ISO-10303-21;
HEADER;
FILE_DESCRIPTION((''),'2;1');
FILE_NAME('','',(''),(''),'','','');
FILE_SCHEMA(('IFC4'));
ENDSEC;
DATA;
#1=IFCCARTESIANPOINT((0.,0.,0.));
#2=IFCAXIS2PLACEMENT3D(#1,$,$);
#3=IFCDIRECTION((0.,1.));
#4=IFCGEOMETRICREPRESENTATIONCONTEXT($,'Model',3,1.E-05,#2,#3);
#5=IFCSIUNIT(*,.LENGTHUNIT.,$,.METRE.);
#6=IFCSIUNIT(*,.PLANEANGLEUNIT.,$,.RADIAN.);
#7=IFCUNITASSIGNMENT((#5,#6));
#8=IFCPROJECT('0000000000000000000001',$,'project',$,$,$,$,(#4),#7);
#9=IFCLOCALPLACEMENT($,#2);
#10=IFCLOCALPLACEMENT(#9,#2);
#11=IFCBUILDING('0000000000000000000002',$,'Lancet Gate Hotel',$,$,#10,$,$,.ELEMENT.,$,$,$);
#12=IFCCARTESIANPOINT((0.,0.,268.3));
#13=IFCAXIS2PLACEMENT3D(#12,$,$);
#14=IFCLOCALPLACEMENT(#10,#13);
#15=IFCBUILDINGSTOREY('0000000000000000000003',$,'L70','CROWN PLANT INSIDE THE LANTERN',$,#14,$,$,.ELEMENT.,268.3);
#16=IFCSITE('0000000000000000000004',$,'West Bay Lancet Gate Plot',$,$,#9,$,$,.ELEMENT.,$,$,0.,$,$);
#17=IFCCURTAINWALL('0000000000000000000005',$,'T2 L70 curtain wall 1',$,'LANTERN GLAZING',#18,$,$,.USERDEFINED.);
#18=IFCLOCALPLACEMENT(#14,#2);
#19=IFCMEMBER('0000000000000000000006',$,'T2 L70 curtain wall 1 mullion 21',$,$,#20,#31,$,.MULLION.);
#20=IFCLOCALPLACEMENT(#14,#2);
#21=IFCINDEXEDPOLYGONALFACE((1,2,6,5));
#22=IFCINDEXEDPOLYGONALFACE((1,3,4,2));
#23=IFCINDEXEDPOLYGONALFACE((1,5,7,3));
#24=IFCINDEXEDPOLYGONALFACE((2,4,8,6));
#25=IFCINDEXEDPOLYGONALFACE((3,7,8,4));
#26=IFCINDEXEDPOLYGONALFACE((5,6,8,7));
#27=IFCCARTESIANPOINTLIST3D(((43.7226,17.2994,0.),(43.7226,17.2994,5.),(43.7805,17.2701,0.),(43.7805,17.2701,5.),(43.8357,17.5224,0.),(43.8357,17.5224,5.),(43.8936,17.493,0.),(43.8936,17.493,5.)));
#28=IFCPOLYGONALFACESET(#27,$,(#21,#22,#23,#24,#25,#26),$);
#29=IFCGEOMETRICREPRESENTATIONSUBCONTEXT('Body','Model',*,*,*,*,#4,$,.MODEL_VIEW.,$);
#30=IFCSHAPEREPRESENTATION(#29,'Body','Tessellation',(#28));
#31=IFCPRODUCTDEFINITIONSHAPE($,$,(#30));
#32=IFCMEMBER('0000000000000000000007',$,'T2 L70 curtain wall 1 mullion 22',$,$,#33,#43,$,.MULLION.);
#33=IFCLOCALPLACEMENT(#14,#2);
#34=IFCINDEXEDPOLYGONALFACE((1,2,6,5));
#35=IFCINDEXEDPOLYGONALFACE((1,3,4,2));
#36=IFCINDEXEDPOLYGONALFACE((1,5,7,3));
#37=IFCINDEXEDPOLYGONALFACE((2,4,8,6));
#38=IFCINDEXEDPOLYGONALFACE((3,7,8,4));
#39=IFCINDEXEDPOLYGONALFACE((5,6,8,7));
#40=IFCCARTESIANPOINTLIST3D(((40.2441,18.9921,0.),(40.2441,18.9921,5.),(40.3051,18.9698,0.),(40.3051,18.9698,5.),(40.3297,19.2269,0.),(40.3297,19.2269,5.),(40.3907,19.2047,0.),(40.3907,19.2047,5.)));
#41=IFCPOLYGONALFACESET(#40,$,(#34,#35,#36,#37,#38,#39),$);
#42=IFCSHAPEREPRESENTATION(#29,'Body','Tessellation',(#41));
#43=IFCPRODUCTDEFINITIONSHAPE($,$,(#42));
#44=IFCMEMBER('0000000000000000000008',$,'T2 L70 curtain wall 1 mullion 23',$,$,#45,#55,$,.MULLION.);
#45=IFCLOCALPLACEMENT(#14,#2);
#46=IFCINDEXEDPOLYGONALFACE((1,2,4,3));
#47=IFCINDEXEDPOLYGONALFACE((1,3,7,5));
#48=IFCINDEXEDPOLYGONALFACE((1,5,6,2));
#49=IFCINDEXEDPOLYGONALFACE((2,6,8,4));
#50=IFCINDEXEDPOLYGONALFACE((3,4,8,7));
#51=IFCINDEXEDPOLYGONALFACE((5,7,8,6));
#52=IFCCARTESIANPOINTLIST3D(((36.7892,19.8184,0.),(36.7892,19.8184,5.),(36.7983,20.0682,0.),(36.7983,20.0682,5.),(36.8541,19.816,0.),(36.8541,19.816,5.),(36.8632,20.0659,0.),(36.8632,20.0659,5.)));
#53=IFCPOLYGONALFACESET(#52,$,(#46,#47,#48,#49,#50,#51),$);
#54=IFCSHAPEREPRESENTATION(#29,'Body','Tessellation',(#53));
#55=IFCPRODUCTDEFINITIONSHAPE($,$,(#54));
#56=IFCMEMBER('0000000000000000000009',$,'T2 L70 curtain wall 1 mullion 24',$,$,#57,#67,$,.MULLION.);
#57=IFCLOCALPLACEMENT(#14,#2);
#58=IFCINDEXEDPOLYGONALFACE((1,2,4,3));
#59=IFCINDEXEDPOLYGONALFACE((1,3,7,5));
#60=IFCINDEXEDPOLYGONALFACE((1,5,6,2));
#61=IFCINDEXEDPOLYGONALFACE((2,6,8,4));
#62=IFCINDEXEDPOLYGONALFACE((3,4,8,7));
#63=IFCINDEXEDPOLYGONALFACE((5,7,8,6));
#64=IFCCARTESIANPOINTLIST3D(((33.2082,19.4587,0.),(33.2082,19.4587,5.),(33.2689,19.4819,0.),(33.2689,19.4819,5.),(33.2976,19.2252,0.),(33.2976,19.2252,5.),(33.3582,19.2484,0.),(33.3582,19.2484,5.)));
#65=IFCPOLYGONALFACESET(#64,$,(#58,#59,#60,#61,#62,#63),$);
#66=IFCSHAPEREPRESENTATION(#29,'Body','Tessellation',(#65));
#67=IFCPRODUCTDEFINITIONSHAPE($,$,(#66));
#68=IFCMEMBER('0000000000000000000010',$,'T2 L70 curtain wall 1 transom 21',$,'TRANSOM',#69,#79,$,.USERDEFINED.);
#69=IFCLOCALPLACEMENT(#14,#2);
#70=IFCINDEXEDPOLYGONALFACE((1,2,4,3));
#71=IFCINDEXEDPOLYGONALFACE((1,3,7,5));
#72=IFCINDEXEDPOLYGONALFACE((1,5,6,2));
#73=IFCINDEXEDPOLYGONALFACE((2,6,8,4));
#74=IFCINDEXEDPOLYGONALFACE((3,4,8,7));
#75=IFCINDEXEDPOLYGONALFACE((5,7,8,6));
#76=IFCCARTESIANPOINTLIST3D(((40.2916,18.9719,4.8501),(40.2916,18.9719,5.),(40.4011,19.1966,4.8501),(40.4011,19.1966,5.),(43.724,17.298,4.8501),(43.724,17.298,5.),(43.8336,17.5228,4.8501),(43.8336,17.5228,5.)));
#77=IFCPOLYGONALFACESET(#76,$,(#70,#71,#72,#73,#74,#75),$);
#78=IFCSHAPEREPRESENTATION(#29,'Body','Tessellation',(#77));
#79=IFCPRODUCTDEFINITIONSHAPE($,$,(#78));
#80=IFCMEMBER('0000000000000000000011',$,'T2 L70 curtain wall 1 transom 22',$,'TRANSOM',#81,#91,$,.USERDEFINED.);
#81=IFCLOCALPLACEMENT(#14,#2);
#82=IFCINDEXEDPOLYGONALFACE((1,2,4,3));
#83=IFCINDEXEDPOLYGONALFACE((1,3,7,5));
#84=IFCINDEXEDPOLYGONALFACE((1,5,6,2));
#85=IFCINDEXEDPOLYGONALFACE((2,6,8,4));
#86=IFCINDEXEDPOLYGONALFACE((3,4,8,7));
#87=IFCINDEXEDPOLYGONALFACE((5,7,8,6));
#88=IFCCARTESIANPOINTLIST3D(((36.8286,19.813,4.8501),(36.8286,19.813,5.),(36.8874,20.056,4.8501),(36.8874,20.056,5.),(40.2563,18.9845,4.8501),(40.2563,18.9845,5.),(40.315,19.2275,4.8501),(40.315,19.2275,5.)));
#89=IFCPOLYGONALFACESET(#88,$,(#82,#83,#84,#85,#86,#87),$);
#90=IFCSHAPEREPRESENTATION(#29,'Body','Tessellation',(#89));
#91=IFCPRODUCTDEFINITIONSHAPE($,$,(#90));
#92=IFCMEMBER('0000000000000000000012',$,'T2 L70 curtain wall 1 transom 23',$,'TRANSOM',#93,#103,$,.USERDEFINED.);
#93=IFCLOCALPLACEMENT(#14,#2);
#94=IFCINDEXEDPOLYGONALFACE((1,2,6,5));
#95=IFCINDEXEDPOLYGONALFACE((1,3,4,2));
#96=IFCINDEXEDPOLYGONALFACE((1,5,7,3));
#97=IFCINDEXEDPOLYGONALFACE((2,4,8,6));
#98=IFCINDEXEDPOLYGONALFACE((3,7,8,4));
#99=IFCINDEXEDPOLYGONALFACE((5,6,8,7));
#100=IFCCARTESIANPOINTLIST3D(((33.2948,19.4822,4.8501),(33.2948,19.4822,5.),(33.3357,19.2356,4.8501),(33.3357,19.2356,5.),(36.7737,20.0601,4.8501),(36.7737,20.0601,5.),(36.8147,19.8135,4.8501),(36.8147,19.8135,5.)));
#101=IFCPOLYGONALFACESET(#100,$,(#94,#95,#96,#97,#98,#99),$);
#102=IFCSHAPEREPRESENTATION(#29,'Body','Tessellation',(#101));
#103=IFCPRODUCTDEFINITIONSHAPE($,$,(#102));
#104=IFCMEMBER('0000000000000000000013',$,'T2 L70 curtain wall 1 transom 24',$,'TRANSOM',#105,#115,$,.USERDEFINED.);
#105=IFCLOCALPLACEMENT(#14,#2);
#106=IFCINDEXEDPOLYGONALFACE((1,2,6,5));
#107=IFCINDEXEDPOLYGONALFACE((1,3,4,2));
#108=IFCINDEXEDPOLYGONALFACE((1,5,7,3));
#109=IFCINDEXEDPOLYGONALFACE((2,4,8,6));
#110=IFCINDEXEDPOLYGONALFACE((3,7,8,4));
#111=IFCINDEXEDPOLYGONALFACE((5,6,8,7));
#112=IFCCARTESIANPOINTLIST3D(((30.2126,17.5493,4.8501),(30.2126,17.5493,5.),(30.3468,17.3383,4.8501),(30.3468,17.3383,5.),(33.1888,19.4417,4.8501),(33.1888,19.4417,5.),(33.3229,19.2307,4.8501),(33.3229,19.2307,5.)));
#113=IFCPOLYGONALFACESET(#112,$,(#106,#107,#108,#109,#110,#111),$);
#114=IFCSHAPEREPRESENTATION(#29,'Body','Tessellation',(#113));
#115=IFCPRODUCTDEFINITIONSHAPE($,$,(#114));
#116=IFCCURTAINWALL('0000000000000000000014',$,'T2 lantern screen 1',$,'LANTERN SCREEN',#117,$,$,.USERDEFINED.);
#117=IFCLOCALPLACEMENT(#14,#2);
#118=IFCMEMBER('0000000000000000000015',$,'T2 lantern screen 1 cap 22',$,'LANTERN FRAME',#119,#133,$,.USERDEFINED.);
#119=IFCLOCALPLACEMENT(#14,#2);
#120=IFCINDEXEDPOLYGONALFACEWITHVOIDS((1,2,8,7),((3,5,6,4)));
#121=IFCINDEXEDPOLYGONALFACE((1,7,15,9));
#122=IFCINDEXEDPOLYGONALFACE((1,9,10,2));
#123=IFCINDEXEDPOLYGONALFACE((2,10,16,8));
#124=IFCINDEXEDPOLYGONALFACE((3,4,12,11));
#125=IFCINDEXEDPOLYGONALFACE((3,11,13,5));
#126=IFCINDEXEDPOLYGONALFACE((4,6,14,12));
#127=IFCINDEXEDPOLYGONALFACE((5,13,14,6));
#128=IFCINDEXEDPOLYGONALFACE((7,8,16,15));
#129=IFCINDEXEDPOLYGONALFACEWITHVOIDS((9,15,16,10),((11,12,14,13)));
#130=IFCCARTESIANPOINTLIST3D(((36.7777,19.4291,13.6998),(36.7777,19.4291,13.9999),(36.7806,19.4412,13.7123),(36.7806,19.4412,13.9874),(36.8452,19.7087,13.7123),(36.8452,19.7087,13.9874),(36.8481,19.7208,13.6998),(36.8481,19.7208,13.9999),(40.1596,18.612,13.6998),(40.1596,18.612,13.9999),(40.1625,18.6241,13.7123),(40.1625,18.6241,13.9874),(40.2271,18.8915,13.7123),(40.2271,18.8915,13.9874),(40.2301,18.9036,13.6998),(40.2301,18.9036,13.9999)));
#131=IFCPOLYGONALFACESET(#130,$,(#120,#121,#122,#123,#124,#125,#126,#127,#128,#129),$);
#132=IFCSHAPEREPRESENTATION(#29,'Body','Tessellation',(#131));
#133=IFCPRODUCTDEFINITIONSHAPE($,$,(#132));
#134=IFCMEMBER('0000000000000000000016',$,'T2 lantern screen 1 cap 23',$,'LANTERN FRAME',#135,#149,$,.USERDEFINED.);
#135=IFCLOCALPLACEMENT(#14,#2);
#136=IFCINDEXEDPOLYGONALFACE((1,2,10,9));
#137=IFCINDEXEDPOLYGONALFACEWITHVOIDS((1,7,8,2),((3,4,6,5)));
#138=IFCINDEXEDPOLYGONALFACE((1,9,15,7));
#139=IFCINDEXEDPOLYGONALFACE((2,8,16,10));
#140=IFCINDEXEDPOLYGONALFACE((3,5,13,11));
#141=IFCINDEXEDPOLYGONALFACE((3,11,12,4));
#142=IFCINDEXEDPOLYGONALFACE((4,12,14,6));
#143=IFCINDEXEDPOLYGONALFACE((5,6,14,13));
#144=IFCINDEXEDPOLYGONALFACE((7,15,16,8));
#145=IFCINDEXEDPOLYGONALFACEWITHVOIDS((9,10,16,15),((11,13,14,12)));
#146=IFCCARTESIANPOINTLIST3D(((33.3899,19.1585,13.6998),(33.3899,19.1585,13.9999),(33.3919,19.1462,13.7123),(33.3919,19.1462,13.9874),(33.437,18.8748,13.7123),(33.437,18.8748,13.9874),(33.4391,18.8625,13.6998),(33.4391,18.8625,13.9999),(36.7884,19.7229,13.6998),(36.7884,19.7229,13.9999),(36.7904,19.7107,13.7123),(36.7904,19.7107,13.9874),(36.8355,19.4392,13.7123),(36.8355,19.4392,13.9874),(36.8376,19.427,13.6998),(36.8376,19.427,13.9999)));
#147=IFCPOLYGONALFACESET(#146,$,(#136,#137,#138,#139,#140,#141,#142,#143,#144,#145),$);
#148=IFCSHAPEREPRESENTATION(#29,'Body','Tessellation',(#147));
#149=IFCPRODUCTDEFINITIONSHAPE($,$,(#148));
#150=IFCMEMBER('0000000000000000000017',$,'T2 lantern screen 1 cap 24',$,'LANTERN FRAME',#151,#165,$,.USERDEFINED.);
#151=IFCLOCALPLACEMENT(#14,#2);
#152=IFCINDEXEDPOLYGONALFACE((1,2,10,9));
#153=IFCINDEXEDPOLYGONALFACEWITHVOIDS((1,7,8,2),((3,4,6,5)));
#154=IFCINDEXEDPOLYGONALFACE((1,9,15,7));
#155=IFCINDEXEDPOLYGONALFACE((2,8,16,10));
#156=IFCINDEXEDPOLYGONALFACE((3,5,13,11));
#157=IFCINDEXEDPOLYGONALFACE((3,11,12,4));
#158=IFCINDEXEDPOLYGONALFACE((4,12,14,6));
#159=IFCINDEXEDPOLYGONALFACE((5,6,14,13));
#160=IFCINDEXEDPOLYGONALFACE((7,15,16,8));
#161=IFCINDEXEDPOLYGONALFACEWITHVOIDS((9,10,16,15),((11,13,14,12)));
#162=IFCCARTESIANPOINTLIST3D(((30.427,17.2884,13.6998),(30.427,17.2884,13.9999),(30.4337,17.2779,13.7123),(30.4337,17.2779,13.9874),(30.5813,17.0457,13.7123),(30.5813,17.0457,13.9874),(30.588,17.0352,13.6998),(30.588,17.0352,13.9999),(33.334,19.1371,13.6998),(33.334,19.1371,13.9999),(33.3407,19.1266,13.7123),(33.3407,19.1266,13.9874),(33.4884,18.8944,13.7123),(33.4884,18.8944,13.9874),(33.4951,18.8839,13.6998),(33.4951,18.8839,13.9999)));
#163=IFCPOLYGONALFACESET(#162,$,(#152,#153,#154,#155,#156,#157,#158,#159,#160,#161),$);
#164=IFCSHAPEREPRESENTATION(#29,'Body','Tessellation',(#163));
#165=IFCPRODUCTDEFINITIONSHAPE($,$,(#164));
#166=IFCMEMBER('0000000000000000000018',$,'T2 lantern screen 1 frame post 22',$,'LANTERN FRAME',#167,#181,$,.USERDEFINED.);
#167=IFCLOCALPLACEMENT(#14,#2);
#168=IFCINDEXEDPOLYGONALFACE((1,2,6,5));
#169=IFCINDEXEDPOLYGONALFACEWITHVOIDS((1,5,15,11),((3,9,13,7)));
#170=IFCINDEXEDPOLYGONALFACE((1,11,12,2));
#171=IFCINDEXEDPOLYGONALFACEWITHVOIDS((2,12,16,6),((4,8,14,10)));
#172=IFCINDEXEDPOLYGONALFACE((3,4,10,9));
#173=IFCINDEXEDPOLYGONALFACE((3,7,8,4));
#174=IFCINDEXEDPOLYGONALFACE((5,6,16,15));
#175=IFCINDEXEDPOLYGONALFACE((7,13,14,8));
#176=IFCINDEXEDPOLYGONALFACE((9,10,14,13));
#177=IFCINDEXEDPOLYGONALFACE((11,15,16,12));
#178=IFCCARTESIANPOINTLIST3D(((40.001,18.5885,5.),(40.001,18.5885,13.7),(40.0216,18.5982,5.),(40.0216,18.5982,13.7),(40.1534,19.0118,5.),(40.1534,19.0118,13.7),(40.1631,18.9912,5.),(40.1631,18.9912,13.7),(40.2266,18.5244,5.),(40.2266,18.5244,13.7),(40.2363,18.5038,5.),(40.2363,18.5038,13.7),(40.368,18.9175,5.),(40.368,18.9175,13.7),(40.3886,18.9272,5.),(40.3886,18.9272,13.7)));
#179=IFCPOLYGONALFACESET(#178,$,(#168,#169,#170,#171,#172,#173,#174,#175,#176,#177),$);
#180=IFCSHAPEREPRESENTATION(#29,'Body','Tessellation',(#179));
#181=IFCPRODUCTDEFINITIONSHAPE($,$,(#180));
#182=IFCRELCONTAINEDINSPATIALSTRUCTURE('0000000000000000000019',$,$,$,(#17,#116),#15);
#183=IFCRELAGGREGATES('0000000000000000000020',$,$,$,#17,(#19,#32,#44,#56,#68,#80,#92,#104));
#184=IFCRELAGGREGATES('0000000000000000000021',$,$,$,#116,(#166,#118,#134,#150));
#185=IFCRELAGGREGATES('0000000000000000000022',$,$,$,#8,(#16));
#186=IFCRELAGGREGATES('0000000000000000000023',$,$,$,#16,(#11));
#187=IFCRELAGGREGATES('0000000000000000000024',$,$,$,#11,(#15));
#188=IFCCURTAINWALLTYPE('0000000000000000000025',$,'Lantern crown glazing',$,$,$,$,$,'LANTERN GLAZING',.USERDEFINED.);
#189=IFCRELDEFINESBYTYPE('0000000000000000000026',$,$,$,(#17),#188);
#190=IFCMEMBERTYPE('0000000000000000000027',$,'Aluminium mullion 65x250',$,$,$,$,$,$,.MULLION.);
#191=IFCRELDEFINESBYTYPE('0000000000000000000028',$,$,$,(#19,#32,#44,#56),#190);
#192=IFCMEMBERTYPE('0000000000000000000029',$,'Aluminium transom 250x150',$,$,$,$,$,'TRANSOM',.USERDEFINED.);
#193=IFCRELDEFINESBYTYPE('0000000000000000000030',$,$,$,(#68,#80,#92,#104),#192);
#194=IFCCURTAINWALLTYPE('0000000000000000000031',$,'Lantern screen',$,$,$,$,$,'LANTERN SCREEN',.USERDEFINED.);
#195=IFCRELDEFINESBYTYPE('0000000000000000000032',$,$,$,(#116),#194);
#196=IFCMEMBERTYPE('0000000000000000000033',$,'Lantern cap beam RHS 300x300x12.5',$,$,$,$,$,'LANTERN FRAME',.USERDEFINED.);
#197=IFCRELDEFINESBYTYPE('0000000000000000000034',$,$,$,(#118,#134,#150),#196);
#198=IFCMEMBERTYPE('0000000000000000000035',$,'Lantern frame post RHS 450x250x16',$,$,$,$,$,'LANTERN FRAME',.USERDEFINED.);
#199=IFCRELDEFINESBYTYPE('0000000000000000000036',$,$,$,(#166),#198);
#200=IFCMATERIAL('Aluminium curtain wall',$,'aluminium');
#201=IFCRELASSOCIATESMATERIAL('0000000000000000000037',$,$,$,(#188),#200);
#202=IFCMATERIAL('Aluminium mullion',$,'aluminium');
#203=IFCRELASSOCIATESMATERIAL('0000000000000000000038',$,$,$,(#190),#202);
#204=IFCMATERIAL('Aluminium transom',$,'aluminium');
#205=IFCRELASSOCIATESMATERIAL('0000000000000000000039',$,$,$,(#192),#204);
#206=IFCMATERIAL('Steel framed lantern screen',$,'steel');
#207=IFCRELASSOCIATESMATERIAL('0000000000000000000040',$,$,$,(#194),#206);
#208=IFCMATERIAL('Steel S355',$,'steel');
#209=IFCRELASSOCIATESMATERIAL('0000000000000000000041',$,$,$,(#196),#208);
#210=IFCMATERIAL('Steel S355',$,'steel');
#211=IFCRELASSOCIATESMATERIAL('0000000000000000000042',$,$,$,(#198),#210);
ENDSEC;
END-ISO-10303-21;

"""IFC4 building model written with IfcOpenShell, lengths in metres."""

from ifc_helpers import new_model, si_unit, direction, frame, origin, origin_2d, place, context, subcontext, project, spatial, rectangle, hollow_rectangle, extrude, material, material_profile, profile_set, type_object, element, aggregate, save


model = new_model("IFC4")

# Units and contexts
model_context = context("Model", 3, precision=1e-05, world=origin(), true_north=direction((0.0, 1.0)))
body_context = subcontext(model_context, "Body", "Model", "MODEL_VIEW")
ifc_project = project(units=[si_unit("LENGTHUNIT", "METRE"), si_unit("PLANEANGLEUNIT", "RADIAN")], contexts=[model_context])

# Site, building, storey
site_placement = place(None, origin())
site = spatial("IfcSite", under=ifc_project, at=site_placement, Name="West Bay Lancet Gate Plot", CompositionType="ELEMENT", RefElevation=0.0)
building_placement = place(site_placement, origin())
building = spatial("IfcBuilding", under=site, at=building_placement, Name="Lancet Gate Hotel", CompositionType="ELEMENT")
storey_placement = place(building_placement, frame((0.0, 0.0, 268.3)))
storey = spatial("IfcBuildingStorey", under=building, at=storey_placement, Name="L70", Description="CROWN PLANT INSIDE THE LANTERN", CompositionType="ELEMENT", Elevation=268.3)

# Curtain walls, members
ifc_material_1 = material(Name="Aluminium curtain wall", Category="aluminium")
curtain_wall_type_1 = type_object("IfcCurtainWallType", Name="Lantern crown glazing", ElementType="LANTERN GLAZING", PredefinedType="USERDEFINED", material=ifc_material_1)
curtain_wall_1_placement = place(storey_placement, origin())
curtain_wall_1 = element("IfcCurtainWall", 1, at=curtain_wall_1_placement, inside=storey, type_object=curtain_wall_type_1, Name="T2 L70 curtain wall 1", ObjectType="LANTERN GLAZING", PredefinedType="USERDEFINED")
ifc_material_2 = material(Name="Aluminium mullion", Category="aluminium")
ifc_material_profile_1 = material_profile(ifc_material_2, rectangle(XDim=0.0649, YDim=0.25, at=origin_2d()), Name="MULLION 65x250")
ifc_profile_set_1 = profile_set([ifc_material_profile_1], Name="Aluminium mullion")
member_type_1 = type_object("IfcMemberType", Name="Aluminium mullion 65x250", PredefinedType="MULLION", material=ifc_profile_set_1)
member_1_placement = place(storey_placement, frame((43.8081, 17.3962, 0.0), z_axis=(0.0, 0.0, 1.0), x_axis=(-0.891833, 0.452365, 0.0)))
member_1 = element("IfcMember", 2, at=member_1_placement, type_object=member_type_1, Name="T2 L70 curtain wall 1 mullion 21", PredefinedType="MULLION", context=body_context, shape_type="SweptSolid", body=[
    extrude(rectangle(XDim=0.0649, YDim=0.25, at=origin_2d()), origin(), (0.0, 0.0, 1.0), 5.0),
])
member_2_placement = place(storey_placement, frame((40.3174, 19.0984, 0.0), z_axis=(0.0, 0.0, 1.0), x_axis=(-0.939484, 0.342593, 0.0)))
member_2 = element("IfcMember", 3, at=member_2_placement, type_object=member_type_1, Name="T2 L70 curtain wall 1 mullion 22", PredefinedType="MULLION", context=body_context, shape_type="SweptSolid", body=[
    extrude(rectangle(XDim=0.0649, YDim=0.25, at=origin_2d()), origin(), (0.0, 0.0, 1.0), 5.0),
])
member_3_placement = place(storey_placement, frame((36.8262, 19.9421, 0.0), z_axis=(0.0, 0.0, 1.0), x_axis=(-0.999343, 0.03625, 0.0)))
member_3 = element("IfcMember", 4, at=member_3_placement, type_object=member_type_1, Name="T2 L70 curtain wall 1 mullion 23", PredefinedType="MULLION", context=body_context, shape_type="SweptSolid", body=[
    extrude(rectangle(XDim=0.0649, YDim=0.25, at=origin_2d()), origin(), (0.0, 0.0, 1.0), 5.0),
])
member_4_placement = place(storey_placement, frame((33.2832, 19.3535, 0.0), z_axis=(0.0, 0.0, 1.0), x_axis=(-0.933943, -0.357421, 0.0)))
member_4 = element("IfcMember", 5, at=member_4_placement, type_object=member_type_1, Name="T2 L70 curtain wall 1 mullion 24", PredefinedType="MULLION", context=body_context, shape_type="SweptSolid", body=[
    extrude(rectangle(XDim=0.0649, YDim=0.25, at=origin_2d()), origin(), (0.0, 0.0, 1.0), 5.0),
])
ifc_material_3 = material(Name="Aluminium transom", Category="aluminium")
ifc_material_profile_2 = material_profile(ifc_material_3, rectangle(XDim=0.25, YDim=0.1499, at=origin_2d()), Name="TRANSOM 250x150")
ifc_profile_set_2 = profile_set([ifc_material_profile_2], Name="Aluminium transom")
member_type_2 = type_object("IfcMemberType", Name="Aluminium transom 250x150", ElementType="TRANSOM", PredefinedType="USERDEFINED", material=ifc_profile_set_2)
member_5_placement = place(storey_placement, frame((43.7788, 17.4104, 4.925), z_axis=(-0.89882, 0.438318, 0.0), x_axis=(-0.438318, -0.89882, 0.0)))
member_5 = element("IfcMember", 6, at=member_5_placement, type_object=member_type_2, Name="T2 L70 curtain wall 1 transom 21", ObjectType="TRANSOM", PredefinedType="USERDEFINED", context=body_context, shape_type="SweptSolid", body=[
    extrude(rectangle(XDim=0.25, YDim=0.1499, at=origin_2d()), origin(), (0.0, 0.0, 1.0), 3.8188),
])
member_6_placement = place(storey_placement, frame((40.2856, 19.106, 4.925), z_axis=(-0.972003, 0.23497, 0.0), x_axis=(-0.23497, -0.972003, 0.0)))
member_6 = element("IfcMember", 7, at=member_6_placement, type_object=member_type_2, Name="T2 L70 curtain wall 1 transom 22", ObjectType="TRANSOM", PredefinedType="USERDEFINED", context=body_context, shape_type="SweptSolid", body=[
    extrude(rectangle(XDim=0.25, YDim=0.1499, at=origin_2d()), origin(), (0.0, 0.0, 1.0), 3.5264),
])
member_7_placement = place(storey_placement, frame((36.7942, 19.9368, 4.925), z_axis=(-0.986484, -0.16386, 0.0), x_axis=(0.16386, -0.986484, 0.0)))
member_7 = element("IfcMember", 8, at=member_7_placement, type_object=member_type_2, Name="T2 L70 curtain wall 1 transom 23", ObjectType="TRANSOM", PredefinedType="USERDEFINED", context=body_context, shape_type="SweptSolid", body=[
    extrude(rectangle(XDim=0.25, YDim=0.1499, at=origin_2d()), origin(), (0.0, 0.0, 1.0), 3.5266),
])
member_8_placement = place(storey_placement, frame((33.2559, 19.3362, 4.925), z_axis=(-0.843858, -0.536566, 0.0), x_axis=(0.536566, -0.843858, 0.0)))
member_8 = element("IfcMember", 9, at=member_8_placement, type_object=member_type_2, Name="T2 L70 curtain wall 1 transom 24", ObjectType="TRANSOM", PredefinedType="USERDEFINED", context=body_context, shape_type="SweptSolid", body=[
    extrude(rectangle(XDim=0.25, YDim=0.1499, at=origin_2d()), origin(), (0.0, 0.0, 1.0), 3.5269),
])
ifc_material_4 = material(Name="Steel framed lantern screen", Category="steel")
curtain_wall_type_2 = type_object("IfcCurtainWallType", Name="Lantern screen", ElementType="LANTERN SCREEN", PredefinedType="USERDEFINED", material=ifc_material_4)
curtain_wall_2_placement = place(storey_placement, origin())
curtain_wall_2 = element("IfcCurtainWall", 10, at=curtain_wall_2_placement, inside=storey, type_object=curtain_wall_type_2, Name="T2 lantern screen 1", ObjectType="LANTERN SCREEN", PredefinedType="USERDEFINED")
ifc_material_5 = material(Name="Steel S355", Category="steel")
ifc_material_profile_3 = material_profile(ifc_material_5, hollow_rectangle(XDim=0.3, YDim=0.3, WallThickness=0.0125, at=origin_2d()), Name="RHS 300x300x12.5")
ifc_profile_set_3 = profile_set([ifc_material_profile_3], Name="Steel S355")
member_type_3 = type_object("IfcMemberType", Name="Lantern cap beam RHS 300x300x12.5", ElementType="LANTERN FRAME", PredefinedType="USERDEFINED", material=ifc_profile_set_3)
member_9_placement = place(storey_placement, frame((40.1948, 18.7578, 13.8499), z_axis=(-0.972028, 0.234867, 0.0), x_axis=(-0.234867, -0.972028, 0.0)))
member_9 = element("IfcMember", 11, at=member_9_placement, type_object=member_type_3, Name="T2 lantern screen 1 cap 22", ObjectType="LANTERN FRAME", PredefinedType="USERDEFINED", context=body_context, shape_type="SweptSolid", body=[
    extrude(hollow_rectangle(XDim=0.3, YDim=0.3, WallThickness=0.0125, at=origin_2d()), origin(), (0.0, 0.0, 1.0), 3.4792),
])
member_10_placement = place(storey_placement, frame((36.813, 19.575, 13.8499), z_axis=(-0.986486, -0.163847, 0.0), x_axis=(0.163847, -0.986486, 0.0)))
member_10 = element("IfcMember", 12, at=member_10_placement, type_object=member_type_3, Name="T2 lantern screen 1 cap 23", ObjectType="LANTERN FRAME", PredefinedType="USERDEFINED", context=body_context, shape_type="SweptSolid", body=[
    extrude(hollow_rectangle(XDim=0.3, YDim=0.3, WallThickness=0.0125, at=origin_2d()), origin(), (0.0, 0.0, 1.0), 3.4451),
])
member_11_placement = place(storey_placement, frame((33.4146, 19.0105, 13.8499), z_axis=(-0.843828, -0.536614, 0.0), x_axis=(0.536614, -0.843828, 0.0)))
member_11 = element("IfcMember", 13, at=member_11_placement, type_object=member_type_3, Name="T2 lantern screen 1 cap 24", ObjectType="LANTERN FRAME", PredefinedType="USERDEFINED", context=body_context, shape_type="SweptSolid", body=[
    extrude(hollow_rectangle(XDim=0.3, YDim=0.3, WallThickness=0.0125, at=origin_2d()), origin(), (0.0, 0.0, 1.0), 3.4451),
])
ifc_material_6 = material(Name="Steel S355", Category="steel")
ifc_material_profile_4 = material_profile(ifc_material_6, hollow_rectangle(XDim=0.25, YDim=0.45, WallThickness=0.0161, at=origin_2d()), Name="RHS 450x250x16")
ifc_profile_set_4 = profile_set([ifc_material_profile_4], Name="Steel S355")
member_type_4 = type_object("IfcMemberType", Name="Lantern frame post RHS 450x250x16", ElementType="LANTERN FRAME", PredefinedType="USERDEFINED", material=ifc_profile_set_4)
member_12_placement = place(storey_placement, frame((40.1948, 18.7578, 5.0), z_axis=(0.0, 0.0, 1.0), x_axis=(-0.94093, 0.338601, 0.0)))
member_12 = element("IfcMember", 14, at=member_12_placement, type_object=member_type_4, Name="T2 lantern screen 1 frame post 22", ObjectType="LANTERN FRAME", PredefinedType="USERDEFINED", context=body_context, shape_type="SweptSolid", body=[
    extrude(hollow_rectangle(XDim=0.25, YDim=0.45, WallThickness=0.0161, at=origin_2d()), origin(), (0.0, 0.0, 1.0), 8.7),
])

aggregate(curtain_wall_1, [member_1, member_2, member_3, member_4, member_5, member_6, member_7, member_8])
aggregate(curtain_wall_2, [member_12, member_9, member_10, member_11])

save(model, "model.ifc")
